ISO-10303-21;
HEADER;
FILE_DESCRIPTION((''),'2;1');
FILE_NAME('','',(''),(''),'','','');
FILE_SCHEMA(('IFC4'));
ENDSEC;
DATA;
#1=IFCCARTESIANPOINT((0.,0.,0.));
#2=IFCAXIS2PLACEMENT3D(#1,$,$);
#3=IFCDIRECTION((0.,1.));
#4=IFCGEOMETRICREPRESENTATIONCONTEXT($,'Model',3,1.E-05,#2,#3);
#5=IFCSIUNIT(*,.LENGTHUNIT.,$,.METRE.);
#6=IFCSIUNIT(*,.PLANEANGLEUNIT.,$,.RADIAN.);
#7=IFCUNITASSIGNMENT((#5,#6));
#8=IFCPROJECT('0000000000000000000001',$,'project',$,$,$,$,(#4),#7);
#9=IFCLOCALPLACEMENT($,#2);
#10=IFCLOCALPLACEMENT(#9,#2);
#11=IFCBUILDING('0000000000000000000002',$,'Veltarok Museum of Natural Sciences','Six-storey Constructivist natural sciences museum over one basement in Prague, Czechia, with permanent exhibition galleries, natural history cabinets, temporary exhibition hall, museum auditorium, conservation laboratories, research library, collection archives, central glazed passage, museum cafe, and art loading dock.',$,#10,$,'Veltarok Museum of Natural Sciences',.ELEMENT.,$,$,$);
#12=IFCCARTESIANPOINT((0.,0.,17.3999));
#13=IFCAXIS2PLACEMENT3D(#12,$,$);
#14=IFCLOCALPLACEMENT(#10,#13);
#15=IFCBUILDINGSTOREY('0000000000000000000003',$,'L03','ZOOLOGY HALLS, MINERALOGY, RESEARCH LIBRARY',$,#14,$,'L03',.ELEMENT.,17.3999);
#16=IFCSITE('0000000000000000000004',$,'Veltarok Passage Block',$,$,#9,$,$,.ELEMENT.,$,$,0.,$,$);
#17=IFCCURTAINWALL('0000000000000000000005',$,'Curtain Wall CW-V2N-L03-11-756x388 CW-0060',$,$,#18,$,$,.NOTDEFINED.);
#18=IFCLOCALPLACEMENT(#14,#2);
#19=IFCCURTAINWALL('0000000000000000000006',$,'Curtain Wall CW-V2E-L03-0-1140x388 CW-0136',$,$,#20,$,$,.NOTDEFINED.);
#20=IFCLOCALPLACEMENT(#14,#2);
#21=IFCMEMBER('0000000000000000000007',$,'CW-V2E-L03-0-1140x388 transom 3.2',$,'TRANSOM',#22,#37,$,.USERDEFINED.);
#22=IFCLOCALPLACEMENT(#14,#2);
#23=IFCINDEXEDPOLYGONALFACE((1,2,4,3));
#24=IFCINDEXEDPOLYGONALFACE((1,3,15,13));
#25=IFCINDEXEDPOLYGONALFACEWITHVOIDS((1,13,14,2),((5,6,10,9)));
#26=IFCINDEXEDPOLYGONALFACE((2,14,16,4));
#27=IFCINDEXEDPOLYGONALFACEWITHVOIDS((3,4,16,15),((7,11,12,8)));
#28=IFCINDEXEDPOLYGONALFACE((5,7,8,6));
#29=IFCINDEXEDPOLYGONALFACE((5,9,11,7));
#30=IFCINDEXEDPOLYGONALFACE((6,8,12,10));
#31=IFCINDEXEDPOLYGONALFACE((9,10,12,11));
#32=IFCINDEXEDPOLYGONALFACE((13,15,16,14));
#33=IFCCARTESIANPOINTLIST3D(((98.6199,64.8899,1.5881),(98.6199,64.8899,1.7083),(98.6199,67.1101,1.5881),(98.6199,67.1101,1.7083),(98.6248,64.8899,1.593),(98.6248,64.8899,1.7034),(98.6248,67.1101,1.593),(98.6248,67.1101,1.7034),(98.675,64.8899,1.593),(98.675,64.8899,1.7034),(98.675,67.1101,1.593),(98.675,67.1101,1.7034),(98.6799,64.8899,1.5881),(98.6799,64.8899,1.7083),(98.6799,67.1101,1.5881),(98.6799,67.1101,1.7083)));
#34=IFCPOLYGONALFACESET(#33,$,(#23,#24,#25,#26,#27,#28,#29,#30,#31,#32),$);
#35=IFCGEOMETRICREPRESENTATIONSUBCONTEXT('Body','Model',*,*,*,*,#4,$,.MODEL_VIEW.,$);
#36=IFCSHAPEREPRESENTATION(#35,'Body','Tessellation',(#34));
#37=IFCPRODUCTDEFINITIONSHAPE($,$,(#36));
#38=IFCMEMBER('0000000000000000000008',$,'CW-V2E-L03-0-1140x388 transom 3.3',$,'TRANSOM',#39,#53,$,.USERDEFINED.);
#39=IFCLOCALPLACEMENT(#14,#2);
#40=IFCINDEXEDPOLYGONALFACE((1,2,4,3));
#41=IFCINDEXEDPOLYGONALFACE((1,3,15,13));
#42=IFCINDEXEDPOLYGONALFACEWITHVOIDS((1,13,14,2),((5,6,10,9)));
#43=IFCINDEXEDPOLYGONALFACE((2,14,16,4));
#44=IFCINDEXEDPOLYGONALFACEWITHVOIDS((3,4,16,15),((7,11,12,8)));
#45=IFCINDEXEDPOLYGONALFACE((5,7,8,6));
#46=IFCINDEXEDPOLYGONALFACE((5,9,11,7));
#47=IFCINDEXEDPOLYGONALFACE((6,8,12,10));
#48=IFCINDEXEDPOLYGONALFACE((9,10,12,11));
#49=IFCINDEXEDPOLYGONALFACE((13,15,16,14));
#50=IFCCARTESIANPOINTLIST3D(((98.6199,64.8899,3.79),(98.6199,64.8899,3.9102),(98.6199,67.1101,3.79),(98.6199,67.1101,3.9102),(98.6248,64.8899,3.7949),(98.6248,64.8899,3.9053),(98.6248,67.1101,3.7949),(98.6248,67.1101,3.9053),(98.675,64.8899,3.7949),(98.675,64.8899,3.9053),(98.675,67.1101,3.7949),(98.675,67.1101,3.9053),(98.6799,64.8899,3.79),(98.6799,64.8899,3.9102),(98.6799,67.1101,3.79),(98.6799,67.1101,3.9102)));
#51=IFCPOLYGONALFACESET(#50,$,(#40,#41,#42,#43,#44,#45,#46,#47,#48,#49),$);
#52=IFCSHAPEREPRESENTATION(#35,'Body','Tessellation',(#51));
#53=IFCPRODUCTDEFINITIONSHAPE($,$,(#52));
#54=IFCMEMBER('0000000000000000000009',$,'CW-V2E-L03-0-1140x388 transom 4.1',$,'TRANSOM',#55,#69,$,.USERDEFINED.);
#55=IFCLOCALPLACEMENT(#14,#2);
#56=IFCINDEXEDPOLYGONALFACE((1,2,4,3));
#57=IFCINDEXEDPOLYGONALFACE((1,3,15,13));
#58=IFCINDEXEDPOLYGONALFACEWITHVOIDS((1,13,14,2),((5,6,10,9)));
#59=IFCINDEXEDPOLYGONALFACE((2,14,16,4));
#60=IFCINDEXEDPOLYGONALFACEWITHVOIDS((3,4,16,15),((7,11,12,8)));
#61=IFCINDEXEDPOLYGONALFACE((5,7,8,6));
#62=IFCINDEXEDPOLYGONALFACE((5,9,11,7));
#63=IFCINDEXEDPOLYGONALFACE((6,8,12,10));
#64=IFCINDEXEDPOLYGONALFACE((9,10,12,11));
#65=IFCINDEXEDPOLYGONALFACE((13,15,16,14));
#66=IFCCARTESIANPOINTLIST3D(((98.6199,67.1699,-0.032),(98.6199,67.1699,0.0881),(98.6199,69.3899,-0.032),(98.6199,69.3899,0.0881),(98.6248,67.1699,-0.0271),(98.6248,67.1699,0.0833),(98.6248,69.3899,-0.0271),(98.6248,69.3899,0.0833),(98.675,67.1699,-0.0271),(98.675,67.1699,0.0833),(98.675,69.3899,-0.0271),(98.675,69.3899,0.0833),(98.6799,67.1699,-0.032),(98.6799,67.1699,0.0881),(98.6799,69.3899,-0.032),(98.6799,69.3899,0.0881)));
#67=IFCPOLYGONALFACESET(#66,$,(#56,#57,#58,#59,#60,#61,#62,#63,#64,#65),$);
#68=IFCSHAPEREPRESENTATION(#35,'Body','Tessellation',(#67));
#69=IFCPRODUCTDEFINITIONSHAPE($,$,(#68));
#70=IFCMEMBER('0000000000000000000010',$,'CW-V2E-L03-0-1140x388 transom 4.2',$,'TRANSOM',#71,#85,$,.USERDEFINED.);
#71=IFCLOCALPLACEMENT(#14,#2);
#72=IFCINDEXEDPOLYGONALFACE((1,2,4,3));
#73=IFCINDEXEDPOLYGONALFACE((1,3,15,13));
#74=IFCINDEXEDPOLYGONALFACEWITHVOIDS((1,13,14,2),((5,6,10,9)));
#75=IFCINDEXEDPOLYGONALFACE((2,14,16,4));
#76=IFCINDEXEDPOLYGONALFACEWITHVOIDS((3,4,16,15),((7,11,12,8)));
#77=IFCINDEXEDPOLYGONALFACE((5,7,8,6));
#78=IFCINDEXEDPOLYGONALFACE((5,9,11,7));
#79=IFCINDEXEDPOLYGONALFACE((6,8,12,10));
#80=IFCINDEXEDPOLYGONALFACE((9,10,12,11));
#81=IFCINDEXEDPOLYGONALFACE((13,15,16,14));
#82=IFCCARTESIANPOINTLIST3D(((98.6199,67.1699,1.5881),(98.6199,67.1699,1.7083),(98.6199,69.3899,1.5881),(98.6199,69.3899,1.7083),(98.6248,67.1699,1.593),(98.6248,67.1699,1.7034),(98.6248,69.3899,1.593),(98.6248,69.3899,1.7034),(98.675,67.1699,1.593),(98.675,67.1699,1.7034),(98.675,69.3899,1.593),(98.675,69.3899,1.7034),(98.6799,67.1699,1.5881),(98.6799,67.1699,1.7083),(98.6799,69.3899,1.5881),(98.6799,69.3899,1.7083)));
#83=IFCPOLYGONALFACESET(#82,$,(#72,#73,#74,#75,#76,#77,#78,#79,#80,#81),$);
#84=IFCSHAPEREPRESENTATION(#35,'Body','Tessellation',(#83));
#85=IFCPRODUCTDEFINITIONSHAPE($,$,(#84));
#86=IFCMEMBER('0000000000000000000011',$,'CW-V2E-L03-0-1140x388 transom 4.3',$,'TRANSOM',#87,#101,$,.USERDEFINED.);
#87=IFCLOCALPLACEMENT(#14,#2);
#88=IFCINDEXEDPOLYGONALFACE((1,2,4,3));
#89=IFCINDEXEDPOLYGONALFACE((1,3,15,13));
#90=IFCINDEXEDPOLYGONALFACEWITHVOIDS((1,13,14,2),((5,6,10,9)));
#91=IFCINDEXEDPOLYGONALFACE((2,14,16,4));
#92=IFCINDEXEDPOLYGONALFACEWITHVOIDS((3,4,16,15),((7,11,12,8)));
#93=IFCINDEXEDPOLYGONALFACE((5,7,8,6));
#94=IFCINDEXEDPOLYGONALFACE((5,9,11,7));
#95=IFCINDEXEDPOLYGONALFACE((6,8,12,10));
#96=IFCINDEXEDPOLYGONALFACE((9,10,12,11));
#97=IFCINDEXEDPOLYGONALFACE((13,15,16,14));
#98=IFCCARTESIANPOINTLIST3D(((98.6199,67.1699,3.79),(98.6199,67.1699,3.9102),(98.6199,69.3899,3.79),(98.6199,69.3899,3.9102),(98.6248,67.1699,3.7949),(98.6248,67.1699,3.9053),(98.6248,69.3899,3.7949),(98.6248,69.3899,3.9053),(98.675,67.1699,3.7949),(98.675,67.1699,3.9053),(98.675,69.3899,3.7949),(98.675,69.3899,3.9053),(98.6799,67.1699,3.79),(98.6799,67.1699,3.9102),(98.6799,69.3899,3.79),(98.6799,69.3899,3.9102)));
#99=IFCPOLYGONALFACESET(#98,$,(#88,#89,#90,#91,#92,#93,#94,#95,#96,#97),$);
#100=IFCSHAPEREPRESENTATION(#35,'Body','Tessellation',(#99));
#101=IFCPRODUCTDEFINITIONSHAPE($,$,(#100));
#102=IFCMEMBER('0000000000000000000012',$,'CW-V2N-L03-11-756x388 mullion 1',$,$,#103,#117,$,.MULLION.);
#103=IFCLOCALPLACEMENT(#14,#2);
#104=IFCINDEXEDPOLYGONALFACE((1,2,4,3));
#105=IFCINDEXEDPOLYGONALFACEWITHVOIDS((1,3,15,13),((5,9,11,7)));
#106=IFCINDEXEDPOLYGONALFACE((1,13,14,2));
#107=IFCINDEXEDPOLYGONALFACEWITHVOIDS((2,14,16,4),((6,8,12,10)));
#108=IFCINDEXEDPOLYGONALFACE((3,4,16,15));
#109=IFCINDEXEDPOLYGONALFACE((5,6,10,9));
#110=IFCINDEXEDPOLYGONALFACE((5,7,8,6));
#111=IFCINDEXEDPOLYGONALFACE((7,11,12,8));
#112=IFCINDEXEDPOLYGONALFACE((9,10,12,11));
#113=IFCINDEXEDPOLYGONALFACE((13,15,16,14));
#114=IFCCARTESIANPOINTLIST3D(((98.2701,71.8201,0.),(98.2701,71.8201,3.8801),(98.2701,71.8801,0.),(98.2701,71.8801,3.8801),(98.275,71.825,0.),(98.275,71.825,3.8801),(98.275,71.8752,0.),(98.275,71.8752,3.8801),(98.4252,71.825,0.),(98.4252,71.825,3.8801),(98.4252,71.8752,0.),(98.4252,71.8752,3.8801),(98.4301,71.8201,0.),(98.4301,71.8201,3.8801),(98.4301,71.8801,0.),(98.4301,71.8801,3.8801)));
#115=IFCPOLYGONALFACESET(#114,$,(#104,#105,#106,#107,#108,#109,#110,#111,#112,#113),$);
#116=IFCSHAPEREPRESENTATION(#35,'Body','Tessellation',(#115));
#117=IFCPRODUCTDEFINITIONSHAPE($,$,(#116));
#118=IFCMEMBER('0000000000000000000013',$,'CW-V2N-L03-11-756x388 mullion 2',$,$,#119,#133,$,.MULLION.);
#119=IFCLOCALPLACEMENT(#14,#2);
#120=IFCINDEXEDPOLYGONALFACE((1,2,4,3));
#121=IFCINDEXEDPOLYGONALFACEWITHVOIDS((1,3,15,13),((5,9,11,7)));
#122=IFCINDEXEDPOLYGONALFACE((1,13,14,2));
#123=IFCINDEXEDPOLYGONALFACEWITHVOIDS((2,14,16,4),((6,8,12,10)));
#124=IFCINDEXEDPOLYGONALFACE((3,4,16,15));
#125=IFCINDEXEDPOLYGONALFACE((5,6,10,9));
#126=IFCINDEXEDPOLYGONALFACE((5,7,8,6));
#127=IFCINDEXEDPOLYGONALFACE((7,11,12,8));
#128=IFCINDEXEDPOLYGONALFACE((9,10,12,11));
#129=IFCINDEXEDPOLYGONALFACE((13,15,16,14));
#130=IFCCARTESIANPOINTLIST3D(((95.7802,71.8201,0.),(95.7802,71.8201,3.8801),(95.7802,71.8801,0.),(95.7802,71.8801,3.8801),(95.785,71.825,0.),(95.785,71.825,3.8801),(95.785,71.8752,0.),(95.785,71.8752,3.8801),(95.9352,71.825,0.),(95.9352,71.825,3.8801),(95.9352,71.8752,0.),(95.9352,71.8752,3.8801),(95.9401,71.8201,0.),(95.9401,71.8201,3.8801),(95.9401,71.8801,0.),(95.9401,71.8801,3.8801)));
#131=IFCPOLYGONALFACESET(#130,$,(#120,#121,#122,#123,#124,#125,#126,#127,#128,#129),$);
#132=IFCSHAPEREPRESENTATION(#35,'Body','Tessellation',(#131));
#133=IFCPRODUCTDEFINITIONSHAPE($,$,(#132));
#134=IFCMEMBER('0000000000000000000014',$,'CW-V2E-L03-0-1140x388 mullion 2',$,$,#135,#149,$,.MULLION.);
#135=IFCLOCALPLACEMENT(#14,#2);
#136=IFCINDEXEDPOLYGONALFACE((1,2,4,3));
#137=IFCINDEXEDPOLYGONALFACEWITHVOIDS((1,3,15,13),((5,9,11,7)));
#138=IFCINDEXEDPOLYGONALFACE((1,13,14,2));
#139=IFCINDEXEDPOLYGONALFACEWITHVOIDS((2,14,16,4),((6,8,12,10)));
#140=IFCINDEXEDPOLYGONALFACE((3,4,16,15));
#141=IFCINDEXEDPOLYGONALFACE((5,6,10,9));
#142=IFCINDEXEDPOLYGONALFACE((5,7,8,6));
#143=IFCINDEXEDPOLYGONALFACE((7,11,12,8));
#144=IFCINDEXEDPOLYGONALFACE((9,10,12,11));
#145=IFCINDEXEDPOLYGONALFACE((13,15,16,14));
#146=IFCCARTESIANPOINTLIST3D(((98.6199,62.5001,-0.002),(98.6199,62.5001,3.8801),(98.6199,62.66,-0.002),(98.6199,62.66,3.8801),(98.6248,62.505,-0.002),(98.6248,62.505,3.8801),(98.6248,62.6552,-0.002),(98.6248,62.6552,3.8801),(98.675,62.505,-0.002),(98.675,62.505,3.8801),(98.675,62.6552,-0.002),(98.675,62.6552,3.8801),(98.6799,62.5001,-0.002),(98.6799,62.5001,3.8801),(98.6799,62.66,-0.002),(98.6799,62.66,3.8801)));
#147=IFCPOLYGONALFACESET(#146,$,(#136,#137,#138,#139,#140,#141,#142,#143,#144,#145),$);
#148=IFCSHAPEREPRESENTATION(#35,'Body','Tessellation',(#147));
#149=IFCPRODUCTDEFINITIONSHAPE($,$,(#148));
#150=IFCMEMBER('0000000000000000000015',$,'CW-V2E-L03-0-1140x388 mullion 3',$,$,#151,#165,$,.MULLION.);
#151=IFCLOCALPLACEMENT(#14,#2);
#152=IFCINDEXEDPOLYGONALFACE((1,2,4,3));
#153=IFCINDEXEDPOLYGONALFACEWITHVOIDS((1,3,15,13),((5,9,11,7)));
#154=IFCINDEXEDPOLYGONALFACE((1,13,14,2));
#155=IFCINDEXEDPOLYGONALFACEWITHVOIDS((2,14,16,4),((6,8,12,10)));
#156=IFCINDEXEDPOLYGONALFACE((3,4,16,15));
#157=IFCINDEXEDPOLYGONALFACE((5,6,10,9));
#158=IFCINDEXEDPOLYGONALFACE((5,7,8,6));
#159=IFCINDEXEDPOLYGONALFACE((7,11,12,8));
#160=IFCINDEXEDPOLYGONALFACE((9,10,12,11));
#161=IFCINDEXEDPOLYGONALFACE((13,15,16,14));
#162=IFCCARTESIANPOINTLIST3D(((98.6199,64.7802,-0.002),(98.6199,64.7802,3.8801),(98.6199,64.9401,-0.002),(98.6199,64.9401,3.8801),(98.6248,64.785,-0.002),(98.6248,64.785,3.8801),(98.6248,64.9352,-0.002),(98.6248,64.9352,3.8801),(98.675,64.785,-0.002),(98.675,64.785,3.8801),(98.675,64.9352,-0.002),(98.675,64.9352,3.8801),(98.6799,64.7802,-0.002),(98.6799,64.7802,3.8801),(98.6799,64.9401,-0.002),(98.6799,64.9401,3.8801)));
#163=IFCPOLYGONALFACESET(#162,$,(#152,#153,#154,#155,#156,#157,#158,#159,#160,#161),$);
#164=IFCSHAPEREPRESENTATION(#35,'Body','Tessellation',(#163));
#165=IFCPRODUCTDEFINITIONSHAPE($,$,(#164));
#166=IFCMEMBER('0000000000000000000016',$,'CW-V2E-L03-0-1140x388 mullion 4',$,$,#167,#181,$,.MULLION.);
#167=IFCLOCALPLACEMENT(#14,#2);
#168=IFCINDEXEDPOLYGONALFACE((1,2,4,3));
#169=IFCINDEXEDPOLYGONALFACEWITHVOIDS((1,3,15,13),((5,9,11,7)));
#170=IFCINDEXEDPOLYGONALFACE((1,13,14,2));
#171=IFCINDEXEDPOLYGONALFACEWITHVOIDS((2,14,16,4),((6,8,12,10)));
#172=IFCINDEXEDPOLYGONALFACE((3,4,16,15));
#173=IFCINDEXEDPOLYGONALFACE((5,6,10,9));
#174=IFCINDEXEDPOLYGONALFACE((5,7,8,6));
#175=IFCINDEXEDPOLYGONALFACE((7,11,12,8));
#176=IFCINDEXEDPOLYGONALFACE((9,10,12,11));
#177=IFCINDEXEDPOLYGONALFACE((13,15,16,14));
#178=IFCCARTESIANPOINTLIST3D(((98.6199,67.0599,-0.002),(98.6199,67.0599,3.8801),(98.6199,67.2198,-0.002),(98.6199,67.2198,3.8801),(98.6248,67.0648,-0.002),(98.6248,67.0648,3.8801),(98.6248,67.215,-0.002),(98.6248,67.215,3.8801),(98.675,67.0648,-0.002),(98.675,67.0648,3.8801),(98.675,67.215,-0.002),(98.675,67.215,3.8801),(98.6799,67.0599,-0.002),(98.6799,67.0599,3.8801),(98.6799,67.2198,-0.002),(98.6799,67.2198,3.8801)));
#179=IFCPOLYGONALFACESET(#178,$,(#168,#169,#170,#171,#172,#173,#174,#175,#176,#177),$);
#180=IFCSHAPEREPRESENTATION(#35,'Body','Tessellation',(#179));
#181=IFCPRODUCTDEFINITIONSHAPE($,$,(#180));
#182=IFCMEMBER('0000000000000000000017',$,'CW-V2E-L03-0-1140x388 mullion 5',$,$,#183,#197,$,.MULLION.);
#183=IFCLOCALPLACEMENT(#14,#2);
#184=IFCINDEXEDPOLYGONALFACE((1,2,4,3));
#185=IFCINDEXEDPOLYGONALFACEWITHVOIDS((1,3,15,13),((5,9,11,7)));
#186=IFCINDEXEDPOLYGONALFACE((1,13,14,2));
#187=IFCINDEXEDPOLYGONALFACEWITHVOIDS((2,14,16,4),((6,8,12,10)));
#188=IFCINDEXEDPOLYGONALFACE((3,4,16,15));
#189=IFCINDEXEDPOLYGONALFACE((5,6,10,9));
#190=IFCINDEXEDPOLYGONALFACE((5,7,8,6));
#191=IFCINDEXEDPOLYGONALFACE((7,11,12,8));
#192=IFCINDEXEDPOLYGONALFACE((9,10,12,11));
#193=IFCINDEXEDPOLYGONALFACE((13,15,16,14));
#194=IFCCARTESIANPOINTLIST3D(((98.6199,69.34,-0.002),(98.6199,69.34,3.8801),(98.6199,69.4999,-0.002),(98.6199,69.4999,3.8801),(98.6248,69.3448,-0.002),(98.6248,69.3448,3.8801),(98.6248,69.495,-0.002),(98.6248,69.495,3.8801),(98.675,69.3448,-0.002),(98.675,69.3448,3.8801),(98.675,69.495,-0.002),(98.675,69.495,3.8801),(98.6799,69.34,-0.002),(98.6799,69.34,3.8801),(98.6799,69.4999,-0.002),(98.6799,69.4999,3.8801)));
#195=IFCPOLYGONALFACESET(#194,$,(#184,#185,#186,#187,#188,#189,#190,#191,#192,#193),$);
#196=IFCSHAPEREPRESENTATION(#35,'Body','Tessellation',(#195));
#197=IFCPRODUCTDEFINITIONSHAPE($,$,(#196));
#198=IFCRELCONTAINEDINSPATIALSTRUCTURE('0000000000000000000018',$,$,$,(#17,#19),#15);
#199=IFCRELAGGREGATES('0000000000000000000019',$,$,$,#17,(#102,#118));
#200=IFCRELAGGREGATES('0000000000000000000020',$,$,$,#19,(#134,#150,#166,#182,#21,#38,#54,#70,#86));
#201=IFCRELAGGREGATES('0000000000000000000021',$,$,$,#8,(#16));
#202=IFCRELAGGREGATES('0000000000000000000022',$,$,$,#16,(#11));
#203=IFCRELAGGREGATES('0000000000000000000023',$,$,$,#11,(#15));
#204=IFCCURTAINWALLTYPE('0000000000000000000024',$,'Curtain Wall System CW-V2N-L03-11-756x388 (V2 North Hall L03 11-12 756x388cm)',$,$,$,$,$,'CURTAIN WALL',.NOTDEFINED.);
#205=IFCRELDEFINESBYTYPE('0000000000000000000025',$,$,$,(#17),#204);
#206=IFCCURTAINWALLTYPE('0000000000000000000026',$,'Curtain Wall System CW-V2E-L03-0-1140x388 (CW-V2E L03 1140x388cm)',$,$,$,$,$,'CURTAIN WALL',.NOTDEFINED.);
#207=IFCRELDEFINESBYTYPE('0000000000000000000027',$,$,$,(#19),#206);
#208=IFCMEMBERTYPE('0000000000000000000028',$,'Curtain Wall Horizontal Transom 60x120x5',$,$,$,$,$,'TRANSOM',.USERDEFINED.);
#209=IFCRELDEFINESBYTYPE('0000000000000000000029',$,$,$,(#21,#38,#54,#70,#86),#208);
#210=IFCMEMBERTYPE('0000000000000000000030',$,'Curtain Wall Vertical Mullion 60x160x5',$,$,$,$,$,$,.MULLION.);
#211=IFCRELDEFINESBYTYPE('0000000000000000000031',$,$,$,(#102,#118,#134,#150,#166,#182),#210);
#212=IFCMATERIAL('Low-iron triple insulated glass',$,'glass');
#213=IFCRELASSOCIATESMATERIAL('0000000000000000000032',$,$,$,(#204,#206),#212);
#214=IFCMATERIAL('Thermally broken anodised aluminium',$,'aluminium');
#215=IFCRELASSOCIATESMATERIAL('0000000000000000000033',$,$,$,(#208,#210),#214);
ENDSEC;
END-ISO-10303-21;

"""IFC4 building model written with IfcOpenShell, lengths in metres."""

from ifc_helpers import new_model, si_unit, direction, frame, origin, origin_2d, place, context, subcontext, project, spatial, hollow_rectangle, extrude, material, material_profile, profile_set, type_object, element, aggregate, save


model = new_model("IFC4")

# Units and contexts
model_context = context("Model", 3, precision=1e-05, world=origin(), true_north=direction((0.0, 1.0)))
body_context = subcontext(model_context, "Body", "Model", "MODEL_VIEW")
ifc_project = project(units=[si_unit("LENGTHUNIT", "METRE"), si_unit("PLANEANGLEUNIT", "RADIAN")], contexts=[model_context])

# Site, building, storey
site_placement = place(None, origin())
site = spatial("IfcSite", under=ifc_project, at=site_placement, Name="Veltarok Passage Block", CompositionType="ELEMENT", RefElevation=0.0)
building_placement = place(site_placement, origin())
building = spatial("IfcBuilding", under=site, at=building_placement, Name="Veltarok Museum of Natural Sciences", Description="Six-storey Constructivist natural sciences museum over one basement in Prague, Czechia, with permanent exhibition galleries, natural history cabinets, temporary exhibition hall, museum auditorium, conservation laboratories, research library, collection archives, central glazed passage, museum cafe, and art loading dock.", LongName="Veltarok Museum of Natural Sciences", CompositionType="ELEMENT")
storey_placement = place(building_placement, frame((0.0, 0.0, 17.3999)))
storey = spatial("IfcBuildingStorey", under=building, at=storey_placement, Name="L03", Description="ZOOLOGY HALLS, MINERALOGY, RESEARCH LIBRARY", LongName="L03", CompositionType="ELEMENT", Elevation=17.3999)

# Curtain walls, members
ifc_material_1 = material(Name="Low-iron triple insulated glass", Category="glass")
curtain_wall_type_1 = type_object("IfcCurtainWallType", Name="Curtain Wall System CW-V2N-L03-11-756x388 (V2 North Hall L03 11-12 756x388cm)", ElementType="CURTAIN WALL", PredefinedType="NOTDEFINED", material=ifc_material_1)
curtain_wall_1_placement = place(storey_placement, origin())
curtain_wall_1 = element("IfcCurtainWall", 1, at=curtain_wall_1_placement, inside=storey, type_object=curtain_wall_type_1, Name="Curtain Wall CW-V2N-L03-11-756x388 CW-0060", PredefinedType="NOTDEFINED")
ifc_material_2 = material(Name="Thermally broken anodised aluminium", Category="aluminium")
ifc_material_profile_1 = material_profile(ifc_material_2, hollow_rectangle(XDim=0.0601, YDim=0.1201, WallThickness=0.0049, at=origin_2d()), Name="CW TRANSOM 60x120x5")
ifc_profile_set_1 = profile_set([ifc_material_profile_1], Name="Thermally broken anodised aluminium")
member_type_1 = type_object("IfcMemberType", Name="Curtain Wall Horizontal Transom 60x120x5", ElementType="TRANSOM", PredefinedType="USERDEFINED", material=ifc_profile_set_1)
curtain_wall_type_2 = type_object("IfcCurtainWallType", Name="Curtain Wall System CW-V2E-L03-0-1140x388 (CW-V2E L03 1140x388cm)", ElementType="CURTAIN WALL", PredefinedType="NOTDEFINED", material=ifc_material_1)
curtain_wall_2_placement = place(storey_placement, origin())
curtain_wall_2 = element("IfcCurtainWall", 2, at=curtain_wall_2_placement, inside=storey, type_object=curtain_wall_type_2, Name="Curtain Wall CW-V2E-L03-0-1140x388 CW-0136", PredefinedType="NOTDEFINED")
member_1_placement = place(storey_placement, frame((98.6499, 64.8899, 1.6482), z_axis=(0.0, 1.0, 0.0), x_axis=(-1.0, 0.0, 0.0)))
member_1 = element("IfcMember", 3, at=member_1_placement, type_object=member_type_1, Name="CW-V2E-L03-0-1140x388 transom 3.2", ObjectType="TRANSOM", PredefinedType="USERDEFINED", context=body_context, shape_type="SweptSolid", body=[
    extrude(hollow_rectangle(XDim=0.0601, YDim=0.1201, WallThickness=0.0049, at=origin_2d()), origin(), (0.0, 0.0, 1.0), 2.2202),
])
member_2_placement = place(storey_placement, frame((98.6499, 64.8899, 3.8501), z_axis=(0.0, 1.0, 0.0), x_axis=(-1.0, 0.0, 0.0)))
member_2 = element("IfcMember", 4, at=member_2_placement, type_object=member_type_1, Name="CW-V2E-L03-0-1140x388 transom 3.3", ObjectType="TRANSOM", PredefinedType="USERDEFINED", context=body_context, shape_type="SweptSolid", body=[
    extrude(hollow_rectangle(XDim=0.0601, YDim=0.1201, WallThickness=0.0049, at=origin_2d()), origin(), (0.0, 0.0, 1.0), 2.2202),
])
member_3_placement = place(storey_placement, frame((98.6499, 67.1699, 0.0281), z_axis=(0.0, 1.0, 0.0), x_axis=(-1.0, 0.0, 0.0)))
member_3 = element("IfcMember", 5, at=member_3_placement, type_object=member_type_1, Name="CW-V2E-L03-0-1140x388 transom 4.1", ObjectType="TRANSOM", PredefinedType="USERDEFINED", context=body_context, shape_type="SweptSolid", body=[
    extrude(hollow_rectangle(XDim=0.0601, YDim=0.1201, WallThickness=0.0049, at=origin_2d()), origin(), (0.0, 0.0, 1.0), 2.22),
])
member_4_placement = place(storey_placement, frame((98.6499, 67.1699, 1.6482), z_axis=(0.0, 1.0, 0.0), x_axis=(-1.0, 0.0, 0.0)))
member_4 = element("IfcMember", 6, at=member_4_placement, type_object=member_type_1, Name="CW-V2E-L03-0-1140x388 transom 4.2", ObjectType="TRANSOM", PredefinedType="USERDEFINED", context=body_context, shape_type="SweptSolid", body=[
    extrude(hollow_rectangle(XDim=0.0601, YDim=0.1201, WallThickness=0.0049, at=origin_2d()), origin(), (0.0, 0.0, 1.0), 2.22),
])
member_5_placement = place(storey_placement, frame((98.6499, 67.1699, 3.8501), z_axis=(0.0, 1.0, 0.0), x_axis=(-1.0, 0.0, 0.0)))
member_5 = element("IfcMember", 7, at=member_5_placement, type_object=member_type_1, Name="CW-V2E-L03-0-1140x388 transom 4.3", ObjectType="TRANSOM", PredefinedType="USERDEFINED", context=body_context, shape_type="SweptSolid", body=[
    extrude(hollow_rectangle(XDim=0.0601, YDim=0.1201, WallThickness=0.0049, at=origin_2d()), origin(), (0.0, 0.0, 1.0), 2.22),
])

# Members
ifc_material_profile_2 = material_profile(ifc_material_2, hollow_rectangle(XDim=0.0601, YDim=0.1599, WallThickness=0.0049, at=origin_2d()), Name="CW MULLION 60x160x5")
ifc_profile_set_2 = profile_set([ifc_material_profile_2], Name="Thermally broken anodised aluminium")
member_type_2 = type_object("IfcMemberType", Name="Curtain Wall Vertical Mullion 60x160x5", PredefinedType="MULLION", material=ifc_profile_set_2)
member_6_placement = place(storey_placement, frame((98.3501, 71.8501, 0.0), z_axis=(0.0, 0.0, 1.0), x_axis=(0.0, -1.0, 0.0)))
member_6 = element("IfcMember", 8, at=member_6_placement, type_object=member_type_2, Name="CW-V2N-L03-11-756x388 mullion 1", PredefinedType="MULLION", context=body_context, shape_type="SweptSolid", body=[
    extrude(hollow_rectangle(XDim=0.0601, YDim=0.1599, WallThickness=0.0049, at=origin_2d()), origin(), (0.0, 0.0, 1.0), 3.8801),
])
member_7_placement = place(storey_placement, frame((95.8601, 71.8501, 0.0), z_axis=(0.0, 0.0, 1.0), x_axis=(0.0, -1.0, 0.0)))
member_7 = element("IfcMember", 9, at=member_7_placement, type_object=member_type_2, Name="CW-V2N-L03-11-756x388 mullion 2", PredefinedType="MULLION", context=body_context, shape_type="SweptSolid", body=[
    extrude(hollow_rectangle(XDim=0.0601, YDim=0.1599, WallThickness=0.0049, at=origin_2d()), origin(), (0.0, 0.0, 1.0), 3.8801),
])
member_8_placement = place(storey_placement, frame((98.6499, 62.5801, -0.002), z_axis=(0.0, 0.0, 1.0), x_axis=(-1.0, 0.0, 0.0)))
member_8 = element("IfcMember", 10, at=member_8_placement, type_object=member_type_2, Name="CW-V2E-L03-0-1140x388 mullion 2", PredefinedType="MULLION", context=body_context, shape_type="SweptSolid", body=[
    extrude(hollow_rectangle(XDim=0.0601, YDim=0.1599, WallThickness=0.0049, at=origin_2d()), origin(), (0.0, 0.0, 1.0), 3.8821),
])
member_9_placement = place(storey_placement, frame((98.6499, 64.8601, -0.002), z_axis=(0.0, 0.0, 1.0), x_axis=(-1.0, 0.0, 0.0)))
member_9 = element("IfcMember", 11, at=member_9_placement, type_object=member_type_2, Name="CW-V2E-L03-0-1140x388 mullion 3", PredefinedType="MULLION", context=body_context, shape_type="SweptSolid", body=[
    extrude(hollow_rectangle(XDim=0.0601, YDim=0.1599, WallThickness=0.0049, at=origin_2d()), origin(), (0.0, 0.0, 1.0), 3.8821),
])
member_10_placement = place(storey_placement, frame((98.6499, 67.1399, -0.002), z_axis=(0.0, 0.0, 1.0), x_axis=(-1.0, 0.0, 0.0)))
member_10 = element("IfcMember", 12, at=member_10_placement, type_object=member_type_2, Name="CW-V2E-L03-0-1140x388 mullion 4", PredefinedType="MULLION", context=body_context, shape_type="SweptSolid", body=[
    extrude(hollow_rectangle(XDim=0.0601, YDim=0.1599, WallThickness=0.0049, at=origin_2d()), origin(), (0.0, 0.0, 1.0), 3.8821),
])
member_11_placement = place(storey_placement, frame((98.6499, 69.4199, -0.002), z_axis=(0.0, 0.0, 1.0), x_axis=(-1.0, 0.0, 0.0)))
member_11 = element("IfcMember", 13, at=member_11_placement, type_object=member_type_2, Name="CW-V2E-L03-0-1140x388 mullion 5", PredefinedType="MULLION", context=body_context, shape_type="SweptSolid", body=[
    extrude(hollow_rectangle(XDim=0.0601, YDim=0.1599, WallThickness=0.0049, at=origin_2d()), origin(), (0.0, 0.0, 1.0), 3.8821),
])

aggregate(curtain_wall_1, [member_6, member_7])
aggregate(curtain_wall_2, [member_8, member_9, member_10, member_11, member_1, member_2, member_3, member_4, member_5])

save(model, "model.ifc")
